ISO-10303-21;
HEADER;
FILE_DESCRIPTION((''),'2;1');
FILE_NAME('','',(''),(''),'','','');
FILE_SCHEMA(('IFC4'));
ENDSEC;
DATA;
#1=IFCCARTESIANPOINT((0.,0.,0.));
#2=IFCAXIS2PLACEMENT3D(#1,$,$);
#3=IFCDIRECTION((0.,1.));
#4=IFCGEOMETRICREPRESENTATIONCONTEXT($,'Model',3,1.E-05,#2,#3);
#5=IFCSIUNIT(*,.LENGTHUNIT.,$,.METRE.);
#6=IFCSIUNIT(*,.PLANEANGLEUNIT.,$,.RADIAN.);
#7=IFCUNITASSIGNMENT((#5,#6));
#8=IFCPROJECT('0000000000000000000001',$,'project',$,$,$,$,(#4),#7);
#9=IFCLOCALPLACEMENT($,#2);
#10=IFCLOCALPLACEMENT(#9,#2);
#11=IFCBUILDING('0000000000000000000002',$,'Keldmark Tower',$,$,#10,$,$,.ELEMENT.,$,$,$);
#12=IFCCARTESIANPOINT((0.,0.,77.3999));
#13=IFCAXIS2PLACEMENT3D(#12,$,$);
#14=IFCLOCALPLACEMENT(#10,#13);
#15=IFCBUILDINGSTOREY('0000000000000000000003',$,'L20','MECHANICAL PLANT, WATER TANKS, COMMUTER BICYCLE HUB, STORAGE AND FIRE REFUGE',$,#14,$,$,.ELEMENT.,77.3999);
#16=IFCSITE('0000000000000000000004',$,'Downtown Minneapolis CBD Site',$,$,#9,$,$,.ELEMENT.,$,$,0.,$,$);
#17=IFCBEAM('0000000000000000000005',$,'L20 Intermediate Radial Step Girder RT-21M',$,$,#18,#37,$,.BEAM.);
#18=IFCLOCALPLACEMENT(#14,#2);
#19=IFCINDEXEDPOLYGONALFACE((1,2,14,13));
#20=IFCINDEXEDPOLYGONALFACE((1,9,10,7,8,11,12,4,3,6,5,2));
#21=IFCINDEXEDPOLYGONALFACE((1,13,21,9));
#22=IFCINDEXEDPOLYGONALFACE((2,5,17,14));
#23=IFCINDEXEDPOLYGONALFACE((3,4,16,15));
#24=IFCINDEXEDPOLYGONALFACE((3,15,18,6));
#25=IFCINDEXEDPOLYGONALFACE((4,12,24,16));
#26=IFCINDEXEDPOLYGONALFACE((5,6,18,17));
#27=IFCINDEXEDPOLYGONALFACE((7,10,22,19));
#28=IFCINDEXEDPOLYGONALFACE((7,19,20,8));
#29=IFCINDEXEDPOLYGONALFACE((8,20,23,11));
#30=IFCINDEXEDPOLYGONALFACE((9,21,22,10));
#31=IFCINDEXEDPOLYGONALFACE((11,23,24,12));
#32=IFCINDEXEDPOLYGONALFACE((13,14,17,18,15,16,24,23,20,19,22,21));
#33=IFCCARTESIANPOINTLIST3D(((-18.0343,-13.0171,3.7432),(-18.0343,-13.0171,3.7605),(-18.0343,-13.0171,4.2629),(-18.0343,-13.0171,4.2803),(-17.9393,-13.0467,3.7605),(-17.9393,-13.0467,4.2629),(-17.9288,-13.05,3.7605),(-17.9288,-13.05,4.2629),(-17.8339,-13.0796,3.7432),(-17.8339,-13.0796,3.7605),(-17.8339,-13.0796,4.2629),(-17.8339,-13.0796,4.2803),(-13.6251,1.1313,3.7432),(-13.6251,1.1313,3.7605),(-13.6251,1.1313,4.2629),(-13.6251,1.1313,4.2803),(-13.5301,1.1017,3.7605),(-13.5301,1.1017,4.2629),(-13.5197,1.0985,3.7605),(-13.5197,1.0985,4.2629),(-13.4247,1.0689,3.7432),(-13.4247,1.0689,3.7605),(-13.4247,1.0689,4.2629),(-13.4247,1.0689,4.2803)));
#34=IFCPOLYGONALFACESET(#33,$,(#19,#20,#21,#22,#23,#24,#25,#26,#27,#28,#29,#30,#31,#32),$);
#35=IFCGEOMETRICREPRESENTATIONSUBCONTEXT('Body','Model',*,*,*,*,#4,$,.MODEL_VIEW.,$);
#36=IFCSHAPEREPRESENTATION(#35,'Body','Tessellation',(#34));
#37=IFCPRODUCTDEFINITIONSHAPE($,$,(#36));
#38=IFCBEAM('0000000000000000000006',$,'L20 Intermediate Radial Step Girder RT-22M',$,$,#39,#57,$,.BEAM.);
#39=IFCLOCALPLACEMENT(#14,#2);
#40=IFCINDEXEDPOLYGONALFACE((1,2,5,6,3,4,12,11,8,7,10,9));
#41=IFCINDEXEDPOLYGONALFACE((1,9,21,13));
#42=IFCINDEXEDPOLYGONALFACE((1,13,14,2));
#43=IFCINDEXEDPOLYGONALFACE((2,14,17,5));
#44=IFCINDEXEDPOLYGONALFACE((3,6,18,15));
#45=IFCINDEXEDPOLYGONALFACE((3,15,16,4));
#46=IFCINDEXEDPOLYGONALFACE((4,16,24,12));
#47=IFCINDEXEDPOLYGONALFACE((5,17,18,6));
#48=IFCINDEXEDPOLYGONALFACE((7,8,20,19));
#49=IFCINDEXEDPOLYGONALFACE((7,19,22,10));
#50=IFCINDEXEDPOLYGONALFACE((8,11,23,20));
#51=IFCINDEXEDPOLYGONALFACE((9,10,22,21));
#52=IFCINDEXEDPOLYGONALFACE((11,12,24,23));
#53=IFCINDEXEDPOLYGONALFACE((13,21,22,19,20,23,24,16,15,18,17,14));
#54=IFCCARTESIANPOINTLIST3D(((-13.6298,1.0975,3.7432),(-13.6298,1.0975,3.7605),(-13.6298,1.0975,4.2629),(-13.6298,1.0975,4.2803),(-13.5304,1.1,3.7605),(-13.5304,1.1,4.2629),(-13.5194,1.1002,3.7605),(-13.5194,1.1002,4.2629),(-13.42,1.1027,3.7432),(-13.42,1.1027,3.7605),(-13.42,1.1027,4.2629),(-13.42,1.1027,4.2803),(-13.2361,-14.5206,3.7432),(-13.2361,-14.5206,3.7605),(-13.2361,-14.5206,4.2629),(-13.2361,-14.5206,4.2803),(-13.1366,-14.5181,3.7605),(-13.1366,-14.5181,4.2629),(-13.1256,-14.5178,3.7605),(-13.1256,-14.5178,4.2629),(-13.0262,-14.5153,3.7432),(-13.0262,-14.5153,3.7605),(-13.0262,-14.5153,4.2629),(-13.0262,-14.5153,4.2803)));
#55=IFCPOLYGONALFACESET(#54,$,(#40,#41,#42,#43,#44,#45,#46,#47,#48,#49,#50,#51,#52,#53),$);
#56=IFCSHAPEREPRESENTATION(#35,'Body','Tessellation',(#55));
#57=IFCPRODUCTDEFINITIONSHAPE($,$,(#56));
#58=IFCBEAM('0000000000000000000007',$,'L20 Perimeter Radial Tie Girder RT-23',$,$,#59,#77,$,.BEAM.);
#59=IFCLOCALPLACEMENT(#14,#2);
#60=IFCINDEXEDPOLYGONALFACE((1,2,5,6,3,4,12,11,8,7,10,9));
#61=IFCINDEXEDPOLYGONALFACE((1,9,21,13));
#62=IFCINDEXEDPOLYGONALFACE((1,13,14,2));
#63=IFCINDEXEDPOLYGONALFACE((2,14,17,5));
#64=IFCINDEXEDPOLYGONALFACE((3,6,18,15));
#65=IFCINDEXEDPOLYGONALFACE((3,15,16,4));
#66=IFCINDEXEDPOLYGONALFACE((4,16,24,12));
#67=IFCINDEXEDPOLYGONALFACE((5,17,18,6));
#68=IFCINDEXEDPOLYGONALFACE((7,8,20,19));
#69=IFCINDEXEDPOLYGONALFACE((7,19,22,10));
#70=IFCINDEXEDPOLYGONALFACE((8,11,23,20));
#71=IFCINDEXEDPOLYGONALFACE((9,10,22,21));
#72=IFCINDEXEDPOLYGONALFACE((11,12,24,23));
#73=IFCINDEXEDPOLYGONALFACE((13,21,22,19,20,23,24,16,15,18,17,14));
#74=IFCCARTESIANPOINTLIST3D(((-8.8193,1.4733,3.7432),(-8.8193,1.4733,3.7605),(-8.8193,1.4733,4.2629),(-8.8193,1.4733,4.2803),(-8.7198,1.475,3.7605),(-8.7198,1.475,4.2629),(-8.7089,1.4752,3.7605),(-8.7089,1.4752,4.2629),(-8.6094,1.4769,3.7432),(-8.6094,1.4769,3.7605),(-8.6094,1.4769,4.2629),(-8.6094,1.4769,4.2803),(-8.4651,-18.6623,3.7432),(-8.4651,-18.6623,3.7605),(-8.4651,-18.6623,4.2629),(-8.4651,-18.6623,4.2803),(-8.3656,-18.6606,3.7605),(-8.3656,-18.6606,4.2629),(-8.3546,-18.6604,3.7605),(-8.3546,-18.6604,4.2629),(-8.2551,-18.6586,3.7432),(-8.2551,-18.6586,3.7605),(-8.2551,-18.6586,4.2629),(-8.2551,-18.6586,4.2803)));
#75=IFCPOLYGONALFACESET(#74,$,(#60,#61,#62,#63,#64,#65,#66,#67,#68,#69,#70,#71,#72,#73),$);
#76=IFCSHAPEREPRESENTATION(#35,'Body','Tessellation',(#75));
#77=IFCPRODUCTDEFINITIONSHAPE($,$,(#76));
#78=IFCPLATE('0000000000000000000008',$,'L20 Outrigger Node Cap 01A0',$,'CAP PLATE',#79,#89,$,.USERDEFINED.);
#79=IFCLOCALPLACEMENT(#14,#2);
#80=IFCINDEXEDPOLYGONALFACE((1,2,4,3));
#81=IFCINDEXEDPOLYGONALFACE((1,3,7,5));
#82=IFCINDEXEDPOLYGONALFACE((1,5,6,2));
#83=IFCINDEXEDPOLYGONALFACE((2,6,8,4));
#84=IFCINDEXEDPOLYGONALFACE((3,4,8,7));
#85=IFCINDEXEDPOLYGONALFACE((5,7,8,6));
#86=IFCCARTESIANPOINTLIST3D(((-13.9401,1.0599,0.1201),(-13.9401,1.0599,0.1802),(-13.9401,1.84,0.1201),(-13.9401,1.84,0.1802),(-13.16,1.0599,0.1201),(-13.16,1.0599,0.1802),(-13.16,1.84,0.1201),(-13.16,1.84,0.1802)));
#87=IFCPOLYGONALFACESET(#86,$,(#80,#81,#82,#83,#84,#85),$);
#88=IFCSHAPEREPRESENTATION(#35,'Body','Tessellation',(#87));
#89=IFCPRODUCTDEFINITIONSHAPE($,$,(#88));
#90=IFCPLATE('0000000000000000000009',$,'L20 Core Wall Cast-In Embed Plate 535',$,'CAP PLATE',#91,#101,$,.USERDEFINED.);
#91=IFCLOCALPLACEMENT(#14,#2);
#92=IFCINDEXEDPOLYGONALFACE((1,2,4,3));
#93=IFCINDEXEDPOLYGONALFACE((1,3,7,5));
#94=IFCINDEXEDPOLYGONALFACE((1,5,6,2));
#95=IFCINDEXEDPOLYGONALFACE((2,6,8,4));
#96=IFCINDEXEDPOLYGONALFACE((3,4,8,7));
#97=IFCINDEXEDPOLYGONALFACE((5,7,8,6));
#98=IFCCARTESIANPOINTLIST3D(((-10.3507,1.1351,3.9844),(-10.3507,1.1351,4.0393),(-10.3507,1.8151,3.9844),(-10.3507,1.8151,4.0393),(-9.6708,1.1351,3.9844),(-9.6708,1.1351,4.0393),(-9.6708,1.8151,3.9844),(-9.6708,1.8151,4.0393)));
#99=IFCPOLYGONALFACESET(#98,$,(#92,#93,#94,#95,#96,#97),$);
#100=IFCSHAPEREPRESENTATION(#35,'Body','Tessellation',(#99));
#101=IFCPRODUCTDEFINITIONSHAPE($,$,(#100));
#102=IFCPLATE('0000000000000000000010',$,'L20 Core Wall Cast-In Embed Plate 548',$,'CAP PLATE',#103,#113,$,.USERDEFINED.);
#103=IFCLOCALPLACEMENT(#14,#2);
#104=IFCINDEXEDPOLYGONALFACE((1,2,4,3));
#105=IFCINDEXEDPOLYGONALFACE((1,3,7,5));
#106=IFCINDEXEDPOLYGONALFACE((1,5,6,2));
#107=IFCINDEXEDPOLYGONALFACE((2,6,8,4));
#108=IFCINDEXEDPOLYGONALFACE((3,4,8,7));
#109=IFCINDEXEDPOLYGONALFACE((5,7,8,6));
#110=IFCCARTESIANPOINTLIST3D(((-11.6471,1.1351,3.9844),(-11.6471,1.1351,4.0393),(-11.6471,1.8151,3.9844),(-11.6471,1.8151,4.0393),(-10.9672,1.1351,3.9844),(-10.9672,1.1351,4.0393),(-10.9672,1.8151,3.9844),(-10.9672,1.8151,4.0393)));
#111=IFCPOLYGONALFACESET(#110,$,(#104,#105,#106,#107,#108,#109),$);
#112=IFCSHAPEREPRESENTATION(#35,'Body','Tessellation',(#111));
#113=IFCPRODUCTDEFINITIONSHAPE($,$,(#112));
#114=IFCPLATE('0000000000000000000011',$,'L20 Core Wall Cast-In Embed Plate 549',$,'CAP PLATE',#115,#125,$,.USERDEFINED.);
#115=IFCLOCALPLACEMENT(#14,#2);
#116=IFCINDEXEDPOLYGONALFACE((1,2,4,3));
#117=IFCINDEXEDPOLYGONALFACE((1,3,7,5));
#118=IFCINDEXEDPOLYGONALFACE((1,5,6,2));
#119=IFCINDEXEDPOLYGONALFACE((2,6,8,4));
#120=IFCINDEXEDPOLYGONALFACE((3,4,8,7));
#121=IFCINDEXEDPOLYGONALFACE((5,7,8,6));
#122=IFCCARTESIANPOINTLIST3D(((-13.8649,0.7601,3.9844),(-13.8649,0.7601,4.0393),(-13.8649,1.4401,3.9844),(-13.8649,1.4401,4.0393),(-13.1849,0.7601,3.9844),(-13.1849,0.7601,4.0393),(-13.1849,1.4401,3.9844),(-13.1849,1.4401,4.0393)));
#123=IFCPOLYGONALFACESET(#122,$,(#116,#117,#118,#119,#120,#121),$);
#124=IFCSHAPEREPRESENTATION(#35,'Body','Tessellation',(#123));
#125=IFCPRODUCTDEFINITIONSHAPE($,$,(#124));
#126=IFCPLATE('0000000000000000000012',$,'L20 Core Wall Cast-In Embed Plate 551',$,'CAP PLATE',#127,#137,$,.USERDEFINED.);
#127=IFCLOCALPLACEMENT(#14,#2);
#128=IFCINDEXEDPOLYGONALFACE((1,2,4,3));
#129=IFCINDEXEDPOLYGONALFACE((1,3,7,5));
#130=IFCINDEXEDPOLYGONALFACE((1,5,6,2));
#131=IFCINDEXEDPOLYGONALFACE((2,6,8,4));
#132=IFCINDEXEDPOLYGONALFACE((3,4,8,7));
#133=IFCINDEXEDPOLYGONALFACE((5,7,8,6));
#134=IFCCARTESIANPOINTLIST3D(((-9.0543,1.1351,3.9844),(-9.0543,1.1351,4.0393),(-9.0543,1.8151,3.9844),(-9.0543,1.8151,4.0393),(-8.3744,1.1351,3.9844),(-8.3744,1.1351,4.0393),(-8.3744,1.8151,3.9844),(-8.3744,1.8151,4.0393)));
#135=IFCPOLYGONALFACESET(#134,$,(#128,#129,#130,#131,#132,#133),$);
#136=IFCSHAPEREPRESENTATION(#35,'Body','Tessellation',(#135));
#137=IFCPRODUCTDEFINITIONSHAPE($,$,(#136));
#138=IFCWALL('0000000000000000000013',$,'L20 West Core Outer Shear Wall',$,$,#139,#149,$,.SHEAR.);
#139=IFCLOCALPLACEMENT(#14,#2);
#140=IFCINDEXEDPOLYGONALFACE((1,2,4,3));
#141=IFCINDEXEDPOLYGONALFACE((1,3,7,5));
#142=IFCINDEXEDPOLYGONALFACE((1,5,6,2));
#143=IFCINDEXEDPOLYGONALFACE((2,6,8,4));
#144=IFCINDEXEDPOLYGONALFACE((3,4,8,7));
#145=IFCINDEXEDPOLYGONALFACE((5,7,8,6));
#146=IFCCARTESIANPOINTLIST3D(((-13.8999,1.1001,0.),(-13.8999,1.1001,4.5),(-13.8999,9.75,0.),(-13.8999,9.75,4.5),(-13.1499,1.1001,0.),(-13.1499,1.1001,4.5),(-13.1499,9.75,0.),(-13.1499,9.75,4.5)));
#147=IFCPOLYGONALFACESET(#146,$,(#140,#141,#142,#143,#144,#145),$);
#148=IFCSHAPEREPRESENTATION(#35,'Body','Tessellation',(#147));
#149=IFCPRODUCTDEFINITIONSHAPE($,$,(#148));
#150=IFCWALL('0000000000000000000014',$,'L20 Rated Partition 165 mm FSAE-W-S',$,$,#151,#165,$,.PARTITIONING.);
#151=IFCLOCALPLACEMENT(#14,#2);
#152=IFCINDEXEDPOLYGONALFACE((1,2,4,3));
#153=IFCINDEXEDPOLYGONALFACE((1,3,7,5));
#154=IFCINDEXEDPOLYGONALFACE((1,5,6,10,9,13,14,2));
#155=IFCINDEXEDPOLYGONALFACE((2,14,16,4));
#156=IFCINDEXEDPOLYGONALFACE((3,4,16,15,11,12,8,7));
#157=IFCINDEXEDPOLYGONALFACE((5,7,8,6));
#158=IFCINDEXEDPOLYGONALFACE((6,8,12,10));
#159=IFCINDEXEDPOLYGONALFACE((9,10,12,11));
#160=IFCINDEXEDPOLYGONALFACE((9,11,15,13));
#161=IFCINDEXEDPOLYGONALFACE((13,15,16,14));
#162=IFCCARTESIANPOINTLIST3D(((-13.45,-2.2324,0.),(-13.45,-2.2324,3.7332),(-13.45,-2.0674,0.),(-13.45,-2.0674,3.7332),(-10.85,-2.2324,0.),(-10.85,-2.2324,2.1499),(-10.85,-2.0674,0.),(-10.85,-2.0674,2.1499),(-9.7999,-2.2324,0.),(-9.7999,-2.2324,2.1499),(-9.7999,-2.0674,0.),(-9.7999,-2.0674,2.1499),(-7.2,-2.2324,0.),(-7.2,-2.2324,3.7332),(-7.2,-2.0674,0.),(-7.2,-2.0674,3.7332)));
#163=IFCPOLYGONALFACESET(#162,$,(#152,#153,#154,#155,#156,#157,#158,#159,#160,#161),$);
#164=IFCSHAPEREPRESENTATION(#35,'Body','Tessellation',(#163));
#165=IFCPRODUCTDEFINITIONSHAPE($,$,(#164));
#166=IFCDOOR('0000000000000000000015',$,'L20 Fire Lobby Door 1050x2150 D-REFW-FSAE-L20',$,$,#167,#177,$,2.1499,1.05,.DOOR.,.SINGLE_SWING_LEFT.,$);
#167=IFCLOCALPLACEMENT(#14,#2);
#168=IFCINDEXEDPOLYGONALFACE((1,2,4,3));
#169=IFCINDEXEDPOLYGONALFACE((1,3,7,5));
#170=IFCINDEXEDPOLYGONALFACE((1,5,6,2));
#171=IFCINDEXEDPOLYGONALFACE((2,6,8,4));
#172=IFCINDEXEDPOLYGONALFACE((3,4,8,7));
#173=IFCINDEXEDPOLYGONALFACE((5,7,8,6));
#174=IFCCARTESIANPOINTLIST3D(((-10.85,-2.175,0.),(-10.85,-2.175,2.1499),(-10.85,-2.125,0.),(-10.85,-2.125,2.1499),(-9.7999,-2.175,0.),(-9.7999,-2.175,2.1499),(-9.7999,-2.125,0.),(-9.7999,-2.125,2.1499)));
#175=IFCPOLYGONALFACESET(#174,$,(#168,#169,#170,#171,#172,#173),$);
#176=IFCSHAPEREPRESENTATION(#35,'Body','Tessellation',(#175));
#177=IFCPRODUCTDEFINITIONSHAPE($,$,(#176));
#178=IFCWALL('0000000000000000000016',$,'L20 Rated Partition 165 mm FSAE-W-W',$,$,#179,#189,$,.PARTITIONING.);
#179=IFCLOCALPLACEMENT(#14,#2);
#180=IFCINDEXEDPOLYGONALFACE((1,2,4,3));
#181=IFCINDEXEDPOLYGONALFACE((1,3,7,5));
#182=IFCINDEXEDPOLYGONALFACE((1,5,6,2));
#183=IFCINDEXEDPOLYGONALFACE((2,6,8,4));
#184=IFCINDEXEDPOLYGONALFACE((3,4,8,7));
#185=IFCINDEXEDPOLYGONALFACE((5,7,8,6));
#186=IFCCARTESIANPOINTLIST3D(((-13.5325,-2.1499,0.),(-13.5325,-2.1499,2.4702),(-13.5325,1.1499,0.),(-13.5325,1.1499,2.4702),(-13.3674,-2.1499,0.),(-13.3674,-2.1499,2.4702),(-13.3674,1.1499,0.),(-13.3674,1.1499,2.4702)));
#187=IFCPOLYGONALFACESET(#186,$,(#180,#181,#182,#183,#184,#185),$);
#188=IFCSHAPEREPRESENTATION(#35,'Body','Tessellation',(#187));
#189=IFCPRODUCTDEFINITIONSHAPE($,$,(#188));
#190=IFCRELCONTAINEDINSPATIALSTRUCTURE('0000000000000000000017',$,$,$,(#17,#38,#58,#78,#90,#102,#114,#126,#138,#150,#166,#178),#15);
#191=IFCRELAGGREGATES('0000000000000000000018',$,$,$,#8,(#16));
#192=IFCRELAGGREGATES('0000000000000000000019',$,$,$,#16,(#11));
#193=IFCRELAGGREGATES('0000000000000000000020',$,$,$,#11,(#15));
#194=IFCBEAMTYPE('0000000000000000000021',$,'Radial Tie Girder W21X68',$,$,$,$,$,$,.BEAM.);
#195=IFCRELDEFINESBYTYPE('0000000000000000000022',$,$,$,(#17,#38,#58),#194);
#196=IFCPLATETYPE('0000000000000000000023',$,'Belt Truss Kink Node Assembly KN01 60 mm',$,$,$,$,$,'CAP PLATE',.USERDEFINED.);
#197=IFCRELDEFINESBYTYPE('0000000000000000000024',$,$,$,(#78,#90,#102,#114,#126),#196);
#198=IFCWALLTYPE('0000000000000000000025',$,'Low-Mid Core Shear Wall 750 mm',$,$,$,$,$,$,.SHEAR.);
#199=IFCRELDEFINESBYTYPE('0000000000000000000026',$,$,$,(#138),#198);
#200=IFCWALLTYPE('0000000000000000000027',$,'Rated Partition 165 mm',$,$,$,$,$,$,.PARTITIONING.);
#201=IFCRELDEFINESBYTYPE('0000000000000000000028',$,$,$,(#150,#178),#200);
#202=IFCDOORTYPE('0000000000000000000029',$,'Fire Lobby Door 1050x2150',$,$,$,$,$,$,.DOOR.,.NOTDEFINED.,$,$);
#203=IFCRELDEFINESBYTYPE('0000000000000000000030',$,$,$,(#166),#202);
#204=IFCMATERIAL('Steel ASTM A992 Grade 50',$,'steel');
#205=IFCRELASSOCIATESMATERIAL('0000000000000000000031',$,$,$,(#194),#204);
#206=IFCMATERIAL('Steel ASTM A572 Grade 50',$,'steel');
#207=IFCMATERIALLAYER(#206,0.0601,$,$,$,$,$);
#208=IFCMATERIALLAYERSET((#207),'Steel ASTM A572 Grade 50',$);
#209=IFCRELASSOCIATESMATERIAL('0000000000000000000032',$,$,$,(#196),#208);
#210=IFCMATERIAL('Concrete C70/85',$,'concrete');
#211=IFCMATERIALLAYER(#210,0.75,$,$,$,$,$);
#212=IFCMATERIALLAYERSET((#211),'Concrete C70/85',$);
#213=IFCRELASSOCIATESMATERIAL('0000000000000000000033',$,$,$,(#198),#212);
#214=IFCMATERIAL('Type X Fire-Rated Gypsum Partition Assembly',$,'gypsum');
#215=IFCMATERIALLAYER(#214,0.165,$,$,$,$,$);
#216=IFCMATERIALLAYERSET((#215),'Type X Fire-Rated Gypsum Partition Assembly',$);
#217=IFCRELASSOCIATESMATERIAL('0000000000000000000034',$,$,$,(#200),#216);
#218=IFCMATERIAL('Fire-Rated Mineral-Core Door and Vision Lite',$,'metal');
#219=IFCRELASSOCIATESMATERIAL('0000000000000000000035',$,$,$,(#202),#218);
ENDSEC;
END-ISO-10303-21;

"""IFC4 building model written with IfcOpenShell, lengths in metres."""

from ifc_helpers import new_model, si_unit, direction, frame, frame_2d, origin, origin_2d, place, context, subcontext, project, spatial, rectangle, i_section, extrude, material, layer, layer_set, material_profile, profile_set, type_object, element, fill, save


model = new_model("IFC4")

# Units and contexts
model_context = context("Model", 3, precision=1e-05, world=origin(), true_north=direction((0.0, 1.0)))
body_context = subcontext(model_context, "Body", "Model", "MODEL_VIEW")
ifc_project = project(units=[si_unit("LENGTHUNIT", "METRE"), si_unit("PLANEANGLEUNIT", "RADIAN")], contexts=[model_context])

# Site, building, storey
site_placement = place(None, origin())
site = spatial("IfcSite", under=ifc_project, at=site_placement, Name="Downtown Minneapolis CBD Site", CompositionType="ELEMENT", RefElevation=0.0)
building_placement = place(site_placement, origin())
building = spatial("IfcBuilding", under=site, at=building_placement, Name="Keldmark Tower", CompositionType="ELEMENT")
storey_placement = place(building_placement, frame((0.0, 0.0, 77.3999)))
storey = spatial("IfcBuildingStorey", under=building, at=storey_placement, Name="L20", Description="MECHANICAL PLANT, WATER TANKS, COMMUTER BICYCLE HUB, STORAGE AND FIRE REFUGE", CompositionType="ELEMENT", Elevation=77.3999)

# Beams
ifc_material_1 = material(Name="Steel ASTM A992 Grade 50", Category="steel")
ifc_material_profile_1 = material_profile(ifc_material_1, i_section(OverallWidth=0.21, OverallDepth=0.5371, WebThickness=0.011, FlangeThickness=0.0173, at=origin_2d()), Name="W21X68")
ifc_profile_set_1 = profile_set([ifc_material_profile_1], Name="Steel ASTM A992 Grade 50")
beam_type = type_object("IfcBeamType", Name="Radial Tie Girder W21X68", PredefinedType="BEAM", material=ifc_profile_set_1)
beam_1_placement = place(storey_placement, frame((-13.5249, 1.1001, 4.0117), z_axis=(-0.297524, -0.954714, 0.0), x_axis=(0.954714, -0.297524, 0.0)))
element("IfcBeam", 1, at=beam_1_placement, inside=storey, type_object=beam_type, Name="L20 Intermediate Radial Step Girder RT-21M", PredefinedType="BEAM", context=body_context, shape_type="SweptSolid", body=[
    extrude(i_section(OverallWidth=0.21, OverallDepth=0.5371, WebThickness=0.011, FlangeThickness=0.0173, at=origin_2d()), origin(), (0.0, 0.0, 1.0), 14.8196),
])
beam_2_placement = place(storey_placement, frame((-13.5249, 1.1001, 4.0117), z_axis=(0.025206, -0.999682, 0.0), x_axis=(0.999682, 0.025206, 0.0)))
element("IfcBeam", 2, at=beam_2_placement, inside=storey, type_object=beam_type, Name="L20 Intermediate Radial Step Girder RT-22M", PredefinedType="BEAM", context=body_context, shape_type="SweptSolid", body=[
    extrude(i_section(OverallWidth=0.21, OverallDepth=0.5371, WebThickness=0.011, FlangeThickness=0.0173, at=origin_2d()), origin(), (0.0, 0.0, 1.0), 15.623),
])
beam_3_placement = place(storey_placement, frame((-8.7144, 1.4751, 4.0117), z_axis=(0.01759, -0.999845, 0.0), x_axis=(0.999845, 0.01759, 0.0)))
element("IfcBeam", 3, at=beam_3_placement, inside=storey, type_object=beam_type, Name="L20 Perimeter Radial Tie Girder RT-23", PredefinedType="BEAM", context=body_context, shape_type="SweptSolid", body=[
    extrude(i_section(OverallWidth=0.21, OverallDepth=0.5371, WebThickness=0.011, FlangeThickness=0.0173, at=origin_2d()), origin(), (0.0, 0.0, 1.0), 20.1387),
])

# Plates
ifc_material_2 = material(Name="Steel ASTM A572 Grade 50", Category="steel")
ifc_layer_1 = layer(ifc_material_2, 0.0601)
ifc_layer_set_1 = layer_set([ifc_layer_1], Name="Steel ASTM A572 Grade 50")
plate_type = type_object("IfcPlateType", Name="Belt Truss Kink Node Assembly KN01 60 mm", ElementType="CAP PLATE", PredefinedType="USERDEFINED", material=ifc_layer_set_1)
plate_placement = place(storey_placement, frame((-13.55, 1.45, 0.1201), z_axis=(0.0, 0.0, 1.0), x_axis=(1.0, 0.0, 0.0)))
element("IfcPlate", 4, at=plate_placement, inside=storey, type_object=plate_type, Name="L20 Outrigger Node Cap 01A0", ObjectType="CAP PLATE", PredefinedType="USERDEFINED", context=body_context, shape_type="SweptSolid", body=[
    extrude(rectangle(XDim=0.78, YDim=0.78, at=origin_2d()), origin(), (0.0, 0.0, 1.0), 0.0601),
])
for number, where, z_axis, x_axis, name in (
    (5, (-10.0107, 1.4751, 3.9844), (0.0, 0.0, 1.0), (1.0, 0.0, 0.0), "L20 Core Wall Cast-In Embed Plate 535"),
    (6, (-11.3071, 1.4751, 3.9844), (0.0, 0.0, 1.0), (1.0, 0.0, 0.0), "L20 Core Wall Cast-In Embed Plate 548"),
    (7, (-13.5249, 1.1001, 3.9844), (0.0, 0.0, 1.0), (1.0, 0.0, 0.0), "L20 Core Wall Cast-In Embed Plate 549"),
    (8, (-8.7144, 1.4751, 3.9844), (0.0, 0.0, 1.0), (1.0, 0.0, 0.0), "L20 Core Wall Cast-In Embed Plate 551"),
):
    element("IfcPlate", number, at=place(storey_placement, frame(where, z_axis=z_axis, x_axis=x_axis)), inside=storey, type_object=plate_type, Name=name, ObjectType="CAP PLATE", PredefinedType="USERDEFINED", context=body_context, shape_type="SweptSolid", body=[
        extrude(rectangle(XDim=0.6799, YDim=0.6799, at=origin_2d()), origin(), (0.0, 0.0, 1.0), 0.0549),
    ])

# Wall
ifc_material_3 = material(Name="Concrete C70/85", Category="concrete")
ifc_layer_2 = layer(ifc_material_3, 0.75)
ifc_layer_set_2 = layer_set([ifc_layer_2], Name="Concrete C70/85")
wall_type_1 = type_object("IfcWallType", Name="Low-Mid Core Shear Wall 750 mm", PredefinedType="SHEAR", material=ifc_layer_set_2)
wall_1_placement = place(storey_placement, frame((-13.5249, 1.1001, 0.0), z_axis=(0.0, 0.0, 1.0), x_axis=(0.0, 1.0, 0.0)))
element("IfcWall", 9, at=wall_1_placement, inside=storey, type_object=wall_type_1, Name="L20 West Core Outer Shear Wall", PredefinedType="SHEAR", context=body_context, shape_type="SweptSolid", body=[
    extrude(rectangle(XDim=8.6499, YDim=0.75, at=frame_2d((4.325, 0.0))), origin(), (0.0, 0.0, 1.0), 4.5),
])

# Wall, opening, door
ifc_material_4 = material(Name="Type X Fire-Rated Gypsum Partition Assembly", Category="gypsum")
ifc_layer_3 = layer(ifc_material_4, 0.165)
ifc_layer_set_3 = layer_set([ifc_layer_3], Name="Type X Fire-Rated Gypsum Partition Assembly")
wall_type_2 = type_object("IfcWallType", Name="Rated Partition 165 mm", PredefinedType="PARTITIONING", material=ifc_layer_set_3)
wall_2_placement = place(storey_placement, frame((-13.45, -2.1499, 0.0), z_axis=(0.0, 0.0, 1.0), x_axis=(1.0, 0.0, 0.0)))
wall_2 = element("IfcWall", 10, at=wall_2_placement, inside=storey, type_object=wall_type_2, Name="L20 Rated Partition 165 mm FSAE-W-S", PredefinedType="PARTITIONING", context=body_context, shape_type="SweptSolid", body=[
    extrude(rectangle(XDim=6.25, YDim=0.165, at=frame_2d((3.125, 0.0))), origin(), (0.0, 0.0, 1.0), 3.7332),
])
opening_placement = place(wall_2_placement, frame((2.6001, 0.0, 0.0)))
opening = element("IfcOpeningElement", 11, at=opening_placement, cuts=wall_2, PredefinedType="OPENING", context=body_context, shape_type="SweptSolid", body=[
    extrude(rectangle(XDim=1.05, YDim=2.1499, at=frame_2d((0.5249, 1.075))), frame((0.0, 0.0925, 0.0), z_axis=(0.0, -1.0, 0.0), x_axis=(1.0, 0.0, 0.0)), (0.0, 0.0, 1.0), 0.1851),
])
ifc_material_5 = material(Name="Fire-Rated Mineral-Core Door and Vision Lite", Category="metal")
door_type = type_object("IfcDoorType", Name="Fire Lobby Door 1050x2150", OperationType="NOTDEFINED", PredefinedType="DOOR", material=ifc_material_5)
door_placement = place(opening_placement, origin())
door = element("IfcDoor", 12, at=door_placement, inside=storey, type_object=door_type, Name="L20 Fire Lobby Door 1050x2150 D-REFW-FSAE-L20", OperationType="SINGLE_SWING_LEFT", OverallHeight=2.1499, OverallWidth=1.05, PredefinedType="DOOR", context=body_context, shape_type="SweptSolid", body=[
    extrude(rectangle(XDim=1.05, YDim=2.1499, at=frame_2d((0.5249, 1.075))), frame((0.0, 0.0249, 0.0), z_axis=(0.0, -1.0, 0.0), x_axis=(1.0, 0.0, 0.0)), (0.0, 0.0, 1.0), 0.05),
])
fill(opening, door)

# Wall
wall_3_placement = place(storey_placement, frame((-13.45, -2.1499, 0.0), z_axis=(0.0, 0.0, 1.0), x_axis=(0.0, 1.0, 0.0)))
element("IfcWall", 13, at=wall_3_placement, inside=storey, type_object=wall_type_2, Name="L20 Rated Partition 165 mm FSAE-W-W", PredefinedType="PARTITIONING", context=body_context, shape_type="SweptSolid", body=[
    extrude(rectangle(XDim=3.2998, YDim=0.165, at=frame_2d((1.6499, 0.0))), origin(), (0.0, 0.0, 1.0), 2.4702),
])

save(model, "model.ifc")
